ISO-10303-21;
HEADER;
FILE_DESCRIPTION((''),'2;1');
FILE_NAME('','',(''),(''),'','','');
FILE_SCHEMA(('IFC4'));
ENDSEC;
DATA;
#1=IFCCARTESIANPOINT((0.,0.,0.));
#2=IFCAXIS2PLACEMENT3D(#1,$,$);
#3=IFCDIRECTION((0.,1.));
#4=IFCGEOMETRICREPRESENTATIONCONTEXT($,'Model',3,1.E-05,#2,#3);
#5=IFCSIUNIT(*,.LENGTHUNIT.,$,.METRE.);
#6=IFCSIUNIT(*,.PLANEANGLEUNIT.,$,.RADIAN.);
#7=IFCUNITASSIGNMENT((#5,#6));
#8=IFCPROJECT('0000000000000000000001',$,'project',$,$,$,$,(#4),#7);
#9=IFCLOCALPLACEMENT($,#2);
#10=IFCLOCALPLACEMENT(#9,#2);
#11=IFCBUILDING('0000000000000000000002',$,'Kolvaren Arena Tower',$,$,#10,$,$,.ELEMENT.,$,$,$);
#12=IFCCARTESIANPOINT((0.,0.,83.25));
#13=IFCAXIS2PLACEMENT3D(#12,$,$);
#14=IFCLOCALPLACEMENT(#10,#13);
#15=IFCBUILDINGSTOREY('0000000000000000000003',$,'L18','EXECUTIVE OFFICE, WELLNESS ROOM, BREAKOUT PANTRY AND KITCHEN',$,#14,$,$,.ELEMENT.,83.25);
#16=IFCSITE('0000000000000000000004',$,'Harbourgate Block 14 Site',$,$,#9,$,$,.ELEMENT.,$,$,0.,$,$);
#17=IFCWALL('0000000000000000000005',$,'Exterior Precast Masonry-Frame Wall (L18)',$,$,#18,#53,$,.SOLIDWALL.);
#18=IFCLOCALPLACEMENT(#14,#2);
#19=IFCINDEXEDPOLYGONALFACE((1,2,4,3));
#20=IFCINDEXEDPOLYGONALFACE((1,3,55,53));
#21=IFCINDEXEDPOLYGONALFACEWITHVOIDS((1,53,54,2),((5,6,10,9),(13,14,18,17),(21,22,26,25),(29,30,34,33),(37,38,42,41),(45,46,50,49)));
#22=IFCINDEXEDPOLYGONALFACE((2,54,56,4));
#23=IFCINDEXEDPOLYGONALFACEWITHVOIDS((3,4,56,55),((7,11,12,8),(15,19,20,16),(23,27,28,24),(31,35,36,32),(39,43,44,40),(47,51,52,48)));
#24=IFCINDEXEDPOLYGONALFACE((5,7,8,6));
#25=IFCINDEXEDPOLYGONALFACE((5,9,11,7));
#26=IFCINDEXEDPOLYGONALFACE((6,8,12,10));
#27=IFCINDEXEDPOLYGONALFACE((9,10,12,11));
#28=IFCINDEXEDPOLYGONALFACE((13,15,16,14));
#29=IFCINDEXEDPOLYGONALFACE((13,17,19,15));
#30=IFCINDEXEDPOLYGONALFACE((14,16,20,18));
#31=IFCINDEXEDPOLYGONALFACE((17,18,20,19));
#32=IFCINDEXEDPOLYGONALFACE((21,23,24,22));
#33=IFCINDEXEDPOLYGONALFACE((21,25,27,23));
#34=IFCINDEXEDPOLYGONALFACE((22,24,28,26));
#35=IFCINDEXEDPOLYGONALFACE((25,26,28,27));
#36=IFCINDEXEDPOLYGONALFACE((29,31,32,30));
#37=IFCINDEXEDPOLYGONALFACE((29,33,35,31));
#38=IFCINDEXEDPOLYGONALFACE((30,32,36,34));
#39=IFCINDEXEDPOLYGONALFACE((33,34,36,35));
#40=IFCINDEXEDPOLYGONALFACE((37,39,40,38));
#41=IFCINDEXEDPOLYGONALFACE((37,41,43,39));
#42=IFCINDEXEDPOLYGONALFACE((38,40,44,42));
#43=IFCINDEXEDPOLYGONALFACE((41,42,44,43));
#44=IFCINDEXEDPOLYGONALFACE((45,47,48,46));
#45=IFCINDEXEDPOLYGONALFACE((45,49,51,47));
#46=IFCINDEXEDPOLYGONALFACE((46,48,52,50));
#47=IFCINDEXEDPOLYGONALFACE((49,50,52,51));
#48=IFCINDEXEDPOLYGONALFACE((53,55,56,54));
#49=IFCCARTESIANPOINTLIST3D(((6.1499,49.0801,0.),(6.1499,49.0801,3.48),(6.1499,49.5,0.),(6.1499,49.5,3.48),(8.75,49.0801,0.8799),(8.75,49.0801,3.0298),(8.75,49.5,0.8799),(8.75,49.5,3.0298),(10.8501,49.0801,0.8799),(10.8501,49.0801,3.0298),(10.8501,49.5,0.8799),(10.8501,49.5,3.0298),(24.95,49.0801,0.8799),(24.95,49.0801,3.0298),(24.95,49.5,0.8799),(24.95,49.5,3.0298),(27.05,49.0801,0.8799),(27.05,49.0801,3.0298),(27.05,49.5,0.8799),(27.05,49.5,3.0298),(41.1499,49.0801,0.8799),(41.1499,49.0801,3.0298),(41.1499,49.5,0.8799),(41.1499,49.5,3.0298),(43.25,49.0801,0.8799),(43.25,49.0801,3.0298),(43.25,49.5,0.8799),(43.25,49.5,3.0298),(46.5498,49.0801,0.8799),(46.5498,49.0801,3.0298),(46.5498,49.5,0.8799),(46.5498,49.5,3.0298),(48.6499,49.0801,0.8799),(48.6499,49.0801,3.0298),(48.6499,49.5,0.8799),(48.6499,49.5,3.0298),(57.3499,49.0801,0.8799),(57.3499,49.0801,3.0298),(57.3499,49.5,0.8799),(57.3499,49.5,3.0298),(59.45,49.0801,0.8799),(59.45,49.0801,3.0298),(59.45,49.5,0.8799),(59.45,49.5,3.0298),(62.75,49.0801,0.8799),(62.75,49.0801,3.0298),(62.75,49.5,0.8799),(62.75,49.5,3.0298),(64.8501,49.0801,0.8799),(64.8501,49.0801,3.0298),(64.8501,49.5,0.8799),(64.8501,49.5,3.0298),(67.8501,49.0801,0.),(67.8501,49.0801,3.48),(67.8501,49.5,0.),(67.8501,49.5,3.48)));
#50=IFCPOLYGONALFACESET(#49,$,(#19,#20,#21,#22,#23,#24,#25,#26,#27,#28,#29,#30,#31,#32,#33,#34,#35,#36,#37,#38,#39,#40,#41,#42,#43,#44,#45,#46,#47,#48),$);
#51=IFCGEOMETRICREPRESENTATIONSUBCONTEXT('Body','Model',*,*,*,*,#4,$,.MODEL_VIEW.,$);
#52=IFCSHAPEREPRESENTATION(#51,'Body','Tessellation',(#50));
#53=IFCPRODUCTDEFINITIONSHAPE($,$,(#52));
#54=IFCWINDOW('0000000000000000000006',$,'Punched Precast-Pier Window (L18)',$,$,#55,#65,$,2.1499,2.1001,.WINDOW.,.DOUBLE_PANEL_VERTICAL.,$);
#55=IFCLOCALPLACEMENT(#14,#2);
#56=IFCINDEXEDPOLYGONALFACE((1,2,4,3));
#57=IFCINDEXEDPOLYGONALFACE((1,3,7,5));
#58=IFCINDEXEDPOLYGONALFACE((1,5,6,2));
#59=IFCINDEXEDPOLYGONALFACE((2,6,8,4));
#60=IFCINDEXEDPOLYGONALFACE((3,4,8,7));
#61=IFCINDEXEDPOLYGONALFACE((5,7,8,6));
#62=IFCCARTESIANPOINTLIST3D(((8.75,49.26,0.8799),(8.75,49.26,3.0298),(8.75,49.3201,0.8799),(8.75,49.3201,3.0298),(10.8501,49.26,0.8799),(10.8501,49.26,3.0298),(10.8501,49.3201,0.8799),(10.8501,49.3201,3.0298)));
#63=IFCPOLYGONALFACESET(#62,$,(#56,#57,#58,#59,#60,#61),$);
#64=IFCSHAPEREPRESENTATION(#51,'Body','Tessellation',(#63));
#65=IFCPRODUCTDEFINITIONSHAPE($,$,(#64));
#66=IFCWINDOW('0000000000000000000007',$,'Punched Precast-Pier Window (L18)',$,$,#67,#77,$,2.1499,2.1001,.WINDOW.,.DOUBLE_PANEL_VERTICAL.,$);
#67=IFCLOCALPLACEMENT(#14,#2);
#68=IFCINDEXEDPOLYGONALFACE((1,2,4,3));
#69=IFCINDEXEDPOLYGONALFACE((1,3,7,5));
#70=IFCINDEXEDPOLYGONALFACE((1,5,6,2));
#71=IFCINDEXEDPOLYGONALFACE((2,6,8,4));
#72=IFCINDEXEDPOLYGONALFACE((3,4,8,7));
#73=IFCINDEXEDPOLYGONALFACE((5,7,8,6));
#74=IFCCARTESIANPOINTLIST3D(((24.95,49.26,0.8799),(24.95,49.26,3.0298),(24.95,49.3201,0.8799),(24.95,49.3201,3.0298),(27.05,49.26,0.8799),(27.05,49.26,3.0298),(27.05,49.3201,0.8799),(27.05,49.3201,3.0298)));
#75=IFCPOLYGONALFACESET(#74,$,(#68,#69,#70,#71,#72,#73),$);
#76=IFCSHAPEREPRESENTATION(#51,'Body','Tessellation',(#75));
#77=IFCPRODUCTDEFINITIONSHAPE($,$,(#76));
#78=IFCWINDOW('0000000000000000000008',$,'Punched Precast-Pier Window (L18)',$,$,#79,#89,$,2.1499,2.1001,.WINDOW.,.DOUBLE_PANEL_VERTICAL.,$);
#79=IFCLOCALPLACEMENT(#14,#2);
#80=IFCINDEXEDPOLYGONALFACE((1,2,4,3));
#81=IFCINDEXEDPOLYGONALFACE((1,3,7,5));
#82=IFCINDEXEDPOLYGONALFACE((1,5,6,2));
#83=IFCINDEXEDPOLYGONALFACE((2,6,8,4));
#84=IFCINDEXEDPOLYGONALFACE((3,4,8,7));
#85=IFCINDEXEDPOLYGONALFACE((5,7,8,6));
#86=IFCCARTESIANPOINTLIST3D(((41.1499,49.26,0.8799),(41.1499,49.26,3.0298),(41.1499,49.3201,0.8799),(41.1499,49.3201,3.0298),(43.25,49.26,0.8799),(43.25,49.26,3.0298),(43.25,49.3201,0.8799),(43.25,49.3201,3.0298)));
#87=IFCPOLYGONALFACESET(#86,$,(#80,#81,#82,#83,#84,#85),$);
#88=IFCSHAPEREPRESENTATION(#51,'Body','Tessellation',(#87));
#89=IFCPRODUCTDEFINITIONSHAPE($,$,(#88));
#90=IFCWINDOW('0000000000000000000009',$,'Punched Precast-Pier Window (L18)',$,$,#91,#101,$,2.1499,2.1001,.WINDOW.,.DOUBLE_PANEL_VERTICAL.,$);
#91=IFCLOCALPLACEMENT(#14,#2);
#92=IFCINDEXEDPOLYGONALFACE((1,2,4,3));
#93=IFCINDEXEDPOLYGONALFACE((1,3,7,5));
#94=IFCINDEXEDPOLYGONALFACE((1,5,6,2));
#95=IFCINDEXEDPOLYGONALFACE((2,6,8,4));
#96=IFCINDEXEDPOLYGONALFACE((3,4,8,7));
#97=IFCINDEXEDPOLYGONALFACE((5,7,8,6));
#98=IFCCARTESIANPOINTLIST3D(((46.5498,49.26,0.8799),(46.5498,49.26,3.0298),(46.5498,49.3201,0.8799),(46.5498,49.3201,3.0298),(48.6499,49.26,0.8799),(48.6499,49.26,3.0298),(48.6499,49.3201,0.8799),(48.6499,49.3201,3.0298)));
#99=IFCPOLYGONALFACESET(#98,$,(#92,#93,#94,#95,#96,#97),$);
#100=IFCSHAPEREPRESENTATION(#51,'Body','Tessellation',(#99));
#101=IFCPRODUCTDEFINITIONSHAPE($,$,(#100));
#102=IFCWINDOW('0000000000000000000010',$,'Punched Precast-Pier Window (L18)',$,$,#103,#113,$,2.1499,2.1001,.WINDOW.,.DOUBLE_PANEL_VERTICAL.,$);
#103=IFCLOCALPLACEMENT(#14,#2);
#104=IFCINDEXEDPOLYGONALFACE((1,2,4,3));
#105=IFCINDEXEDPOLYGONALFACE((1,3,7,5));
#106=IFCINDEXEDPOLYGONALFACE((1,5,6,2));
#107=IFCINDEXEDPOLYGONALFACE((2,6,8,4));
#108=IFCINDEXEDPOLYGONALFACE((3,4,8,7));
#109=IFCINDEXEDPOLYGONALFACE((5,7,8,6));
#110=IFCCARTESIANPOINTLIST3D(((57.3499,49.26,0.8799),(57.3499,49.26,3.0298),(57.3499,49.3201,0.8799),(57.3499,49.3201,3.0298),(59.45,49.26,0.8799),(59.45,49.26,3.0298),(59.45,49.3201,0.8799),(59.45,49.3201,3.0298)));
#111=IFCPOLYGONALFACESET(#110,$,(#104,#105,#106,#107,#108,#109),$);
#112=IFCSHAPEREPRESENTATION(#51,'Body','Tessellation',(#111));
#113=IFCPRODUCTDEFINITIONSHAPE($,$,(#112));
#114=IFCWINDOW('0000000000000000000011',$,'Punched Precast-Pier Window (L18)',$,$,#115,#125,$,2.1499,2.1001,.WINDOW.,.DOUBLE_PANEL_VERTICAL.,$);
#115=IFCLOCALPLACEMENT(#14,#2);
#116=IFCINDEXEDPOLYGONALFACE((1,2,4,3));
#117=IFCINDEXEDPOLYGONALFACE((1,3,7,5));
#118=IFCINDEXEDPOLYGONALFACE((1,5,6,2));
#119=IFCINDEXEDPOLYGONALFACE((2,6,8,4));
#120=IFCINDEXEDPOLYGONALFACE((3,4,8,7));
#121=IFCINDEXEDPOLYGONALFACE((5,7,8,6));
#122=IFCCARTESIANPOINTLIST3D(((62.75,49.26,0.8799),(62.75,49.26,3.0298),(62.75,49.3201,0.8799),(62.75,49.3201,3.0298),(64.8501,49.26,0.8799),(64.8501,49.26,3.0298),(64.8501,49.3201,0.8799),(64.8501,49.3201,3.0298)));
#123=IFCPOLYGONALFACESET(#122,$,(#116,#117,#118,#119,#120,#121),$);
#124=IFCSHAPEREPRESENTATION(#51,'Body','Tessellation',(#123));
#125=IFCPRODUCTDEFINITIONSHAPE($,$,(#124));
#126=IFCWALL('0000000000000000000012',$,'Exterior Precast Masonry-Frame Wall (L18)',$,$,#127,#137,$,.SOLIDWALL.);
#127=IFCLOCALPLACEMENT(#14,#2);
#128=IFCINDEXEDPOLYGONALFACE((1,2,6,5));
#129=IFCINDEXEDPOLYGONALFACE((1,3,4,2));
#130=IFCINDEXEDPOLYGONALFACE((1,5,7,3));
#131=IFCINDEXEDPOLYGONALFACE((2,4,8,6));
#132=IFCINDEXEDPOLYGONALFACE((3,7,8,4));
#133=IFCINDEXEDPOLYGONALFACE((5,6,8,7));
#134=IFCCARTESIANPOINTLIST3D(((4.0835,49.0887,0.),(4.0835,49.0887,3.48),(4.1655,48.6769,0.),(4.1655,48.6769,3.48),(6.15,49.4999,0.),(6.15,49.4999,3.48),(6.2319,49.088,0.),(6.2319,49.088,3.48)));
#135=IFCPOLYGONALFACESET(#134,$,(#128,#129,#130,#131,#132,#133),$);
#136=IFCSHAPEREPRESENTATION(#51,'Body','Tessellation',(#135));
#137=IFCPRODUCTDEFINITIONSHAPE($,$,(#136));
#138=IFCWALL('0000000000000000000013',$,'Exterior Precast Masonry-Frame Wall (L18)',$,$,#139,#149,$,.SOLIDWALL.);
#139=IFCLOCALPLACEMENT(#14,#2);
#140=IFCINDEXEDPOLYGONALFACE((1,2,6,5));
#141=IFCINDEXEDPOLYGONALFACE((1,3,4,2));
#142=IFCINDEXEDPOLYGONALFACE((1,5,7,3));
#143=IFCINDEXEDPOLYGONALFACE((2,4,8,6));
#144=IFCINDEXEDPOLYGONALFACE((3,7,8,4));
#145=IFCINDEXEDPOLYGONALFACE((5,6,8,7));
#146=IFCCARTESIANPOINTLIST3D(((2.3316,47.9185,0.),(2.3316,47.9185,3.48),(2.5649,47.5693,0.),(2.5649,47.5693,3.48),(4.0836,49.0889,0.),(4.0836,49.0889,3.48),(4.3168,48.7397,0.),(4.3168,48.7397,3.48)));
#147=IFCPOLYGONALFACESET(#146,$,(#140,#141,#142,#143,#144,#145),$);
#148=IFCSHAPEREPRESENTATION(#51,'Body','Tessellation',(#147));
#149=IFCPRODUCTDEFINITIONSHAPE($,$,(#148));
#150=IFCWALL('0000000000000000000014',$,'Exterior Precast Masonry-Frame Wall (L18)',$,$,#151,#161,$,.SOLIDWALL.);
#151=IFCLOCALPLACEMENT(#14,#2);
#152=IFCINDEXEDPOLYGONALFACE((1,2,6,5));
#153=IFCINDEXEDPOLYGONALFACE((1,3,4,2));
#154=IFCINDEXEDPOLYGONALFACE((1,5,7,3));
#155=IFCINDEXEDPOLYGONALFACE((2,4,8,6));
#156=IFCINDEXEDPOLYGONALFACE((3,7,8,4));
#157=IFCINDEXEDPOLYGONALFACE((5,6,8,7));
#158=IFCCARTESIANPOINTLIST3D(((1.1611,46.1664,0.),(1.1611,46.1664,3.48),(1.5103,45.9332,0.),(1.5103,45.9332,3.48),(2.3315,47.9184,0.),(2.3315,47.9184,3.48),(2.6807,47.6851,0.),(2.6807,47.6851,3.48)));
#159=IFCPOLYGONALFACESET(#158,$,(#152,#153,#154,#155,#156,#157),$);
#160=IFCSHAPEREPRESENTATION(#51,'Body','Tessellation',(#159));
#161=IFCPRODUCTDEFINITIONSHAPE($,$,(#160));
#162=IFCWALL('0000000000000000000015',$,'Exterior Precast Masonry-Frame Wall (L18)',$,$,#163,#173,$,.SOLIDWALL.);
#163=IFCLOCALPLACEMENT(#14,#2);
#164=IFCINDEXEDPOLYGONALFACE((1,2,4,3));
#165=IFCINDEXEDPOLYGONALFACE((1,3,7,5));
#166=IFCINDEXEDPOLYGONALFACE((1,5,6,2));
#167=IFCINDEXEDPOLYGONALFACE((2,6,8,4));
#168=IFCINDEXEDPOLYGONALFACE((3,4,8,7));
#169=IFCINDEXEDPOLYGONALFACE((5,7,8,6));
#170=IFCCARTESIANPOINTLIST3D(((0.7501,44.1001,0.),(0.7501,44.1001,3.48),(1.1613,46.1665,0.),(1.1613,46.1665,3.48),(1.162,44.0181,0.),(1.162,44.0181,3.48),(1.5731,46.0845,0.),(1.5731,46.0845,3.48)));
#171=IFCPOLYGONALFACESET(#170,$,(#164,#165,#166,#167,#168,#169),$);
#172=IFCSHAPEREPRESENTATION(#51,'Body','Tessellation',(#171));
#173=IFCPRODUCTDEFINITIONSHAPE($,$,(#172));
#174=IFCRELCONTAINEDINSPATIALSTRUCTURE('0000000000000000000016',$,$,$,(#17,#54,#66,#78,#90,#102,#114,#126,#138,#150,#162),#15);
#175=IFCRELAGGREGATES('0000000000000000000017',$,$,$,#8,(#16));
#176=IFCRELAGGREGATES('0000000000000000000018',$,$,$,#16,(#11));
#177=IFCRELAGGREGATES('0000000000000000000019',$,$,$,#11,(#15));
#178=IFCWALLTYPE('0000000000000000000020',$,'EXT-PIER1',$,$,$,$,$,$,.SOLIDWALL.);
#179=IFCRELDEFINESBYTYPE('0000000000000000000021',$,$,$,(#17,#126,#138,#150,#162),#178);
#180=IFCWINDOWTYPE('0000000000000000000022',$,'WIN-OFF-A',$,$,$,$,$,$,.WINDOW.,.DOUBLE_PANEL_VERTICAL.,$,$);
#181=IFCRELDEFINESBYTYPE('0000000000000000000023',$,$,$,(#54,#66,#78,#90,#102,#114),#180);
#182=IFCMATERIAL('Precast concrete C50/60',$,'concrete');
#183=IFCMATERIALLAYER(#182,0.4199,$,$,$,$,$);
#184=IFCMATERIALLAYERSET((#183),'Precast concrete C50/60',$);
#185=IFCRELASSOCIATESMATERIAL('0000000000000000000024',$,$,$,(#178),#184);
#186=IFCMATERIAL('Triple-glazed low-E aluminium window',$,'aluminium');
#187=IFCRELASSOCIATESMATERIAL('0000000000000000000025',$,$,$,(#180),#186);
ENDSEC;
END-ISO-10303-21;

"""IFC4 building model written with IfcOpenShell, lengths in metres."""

from ifc_helpers import new_model, si_unit, direction, frame, frame_2d, origin, place, context, subcontext, project, spatial, rectangle, extrude, material, layer, layer_set, type_object, element, fill, save


model = new_model("IFC4")

# Units and contexts
model_context = context("Model", 3, precision=1e-05, world=origin(), true_north=direction((0.0, 1.0)))
body_context = subcontext(model_context, "Body", "Model", "MODEL_VIEW")
ifc_project = project(units=[si_unit("LENGTHUNIT", "METRE"), si_unit("PLANEANGLEUNIT", "RADIAN")], contexts=[model_context])

# Site, building, storey
site_placement = place(None, origin())
site = spatial("IfcSite", under=ifc_project, at=site_placement, Name="Harbourgate Block 14 Site", CompositionType="ELEMENT", RefElevation=0.0)
building_placement = place(site_placement, origin())
building = spatial("IfcBuilding", under=site, at=building_placement, Name="Kolvaren Arena Tower", CompositionType="ELEMENT")
storey_placement = place(building_placement, frame((0.0, 0.0, 83.25)))
storey = spatial("IfcBuildingStorey", under=building, at=storey_placement, Name="L18", Description="EXECUTIVE OFFICE, WELLNESS ROOM, BREAKOUT PANTRY AND KITCHEN", CompositionType="ELEMENT", Elevation=83.25)

# Wall, openings, windows
ifc_material_1 = material(Name="Precast concrete C50/60", Category="concrete")
ifc_layer = layer(ifc_material_1, 0.4199)
ifc_layer_set = layer_set([ifc_layer], Name="Precast concrete C50/60")
wall_type = type_object("IfcWallType", Name="EXT-PIER1", PredefinedType="SOLIDWALL", material=ifc_layer_set)
wall_placement = place(storey_placement, frame((6.1499, 49.29, 0.0), z_axis=(0.0, 0.0, 1.0), x_axis=(1.0, 0.0, 0.0)))
wall = element("IfcWall", 1, at=wall_placement, inside=storey, type_object=wall_type, Name="Exterior Precast Masonry-Frame Wall (L18)", PredefinedType="SOLIDWALL", context=body_context, shape_type="SweptSolid", body=[
    extrude(rectangle(XDim=61.7002, YDim=0.4199, at=frame_2d((30.8501, 0.0))), origin(), (0.0, 0.0, 1.0), 3.48),
])
opening_1_placement = place(wall_placement, frame((2.6001, 0.0, 0.8799)))
opening_1 = element("IfcOpeningElement", 2, at=opening_1_placement, cuts=wall, PredefinedType="OPENING", context=body_context, shape_type="SweptSolid", body=[
    extrude(rectangle(XDim=2.1001, YDim=2.1499, at=frame_2d((1.05, 1.075))), frame((0.0, 0.22, 0.0), z_axis=(0.0, -1.0, 0.0), x_axis=(1.0, 0.0, 0.0)), (0.0, 0.0, 1.0), 0.4399),
])
opening_2_placement = place(wall_placement, frame((18.8, 0.0, 0.8799)))
opening_2 = element("IfcOpeningElement", 3, at=opening_2_placement, cuts=wall, PredefinedType="OPENING", context=body_context, shape_type="SweptSolid", body=[
    extrude(rectangle(XDim=2.1001, YDim=2.1499, at=frame_2d((1.05, 1.075))), frame((0.0, 0.22, 0.0), z_axis=(0.0, -1.0, 0.0), x_axis=(1.0, 0.0, 0.0)), (0.0, 0.0, 1.0), 0.4399),
])
opening_3_placement = place(wall_placement, frame((35.0, 0.0, 0.8799)))
opening_3 = element("IfcOpeningElement", 4, at=opening_3_placement, cuts=wall, PredefinedType="OPENING", context=body_context, shape_type="SweptSolid", body=[
    extrude(rectangle(XDim=2.1001, YDim=2.1499, at=frame_2d((1.05, 1.075))), frame((0.0, 0.22, 0.0), z_axis=(0.0, -1.0, 0.0), x_axis=(1.0, 0.0, 0.0)), (0.0, 0.0, 1.0), 0.4399),
])
opening_4_placement = place(wall_placement, frame((40.3999, 0.0, 0.8799)))
opening_4 = element("IfcOpeningElement", 5, at=opening_4_placement, cuts=wall, PredefinedType="OPENING", context=body_context, shape_type="SweptSolid", body=[
    extrude(rectangle(XDim=2.1001, YDim=2.1499, at=frame_2d((1.05, 1.075))), frame((0.0, 0.22, 0.0), z_axis=(0.0, -1.0, 0.0), x_axis=(1.0, 0.0, 0.0)), (0.0, 0.0, 1.0), 0.4399),
])
opening_5_placement = place(wall_placement, frame((51.2, 0.0, 0.8799)))
opening_5 = element("IfcOpeningElement", 6, at=opening_5_placement, cuts=wall, PredefinedType="OPENING", context=body_context, shape_type="SweptSolid", body=[
    extrude(rectangle(XDim=2.1001, YDim=2.1499, at=frame_2d((1.05, 1.075))), frame((0.0, 0.22, 0.0), z_axis=(0.0, -1.0, 0.0), x_axis=(1.0, 0.0, 0.0)), (0.0, 0.0, 1.0), 0.4399),
])
opening_6_placement = place(wall_placement, frame((56.6001, 0.0, 0.8799)))
opening_6 = element("IfcOpeningElement", 7, at=opening_6_placement, cuts=wall, PredefinedType="OPENING", context=body_context, shape_type="SweptSolid", body=[
    extrude(rectangle(XDim=2.1001, YDim=2.1499, at=frame_2d((1.05, 1.075))), frame((0.0, 0.22, 0.0), z_axis=(0.0, -1.0, 0.0), x_axis=(1.0, 0.0, 0.0)), (0.0, 0.0, 1.0), 0.4399),
])
ifc_material_2 = material(Name="Triple-glazed low-E aluminium window", Category="aluminium")
window_type = type_object("IfcWindowType", Name="WIN-OFF-A", PartitioningType="DOUBLE_PANEL_VERTICAL", PredefinedType="WINDOW", material=ifc_material_2)
window_1_placement = place(opening_1_placement, origin())
window_1 = element("IfcWindow", 8, at=window_1_placement, inside=storey, type_object=window_type, Name="Punched Precast-Pier Window (L18)", OverallHeight=2.1499, OverallWidth=2.1001, PartitioningType="DOUBLE_PANEL_VERTICAL", PredefinedType="WINDOW", context=body_context, shape_type="SweptSolid", body=[
    extrude(rectangle(XDim=2.1001, YDim=2.1499, at=frame_2d((1.05, 1.075))), frame((0.0, 0.03, 0.0), z_axis=(0.0, -1.0, 0.0), x_axis=(1.0, 0.0, 0.0)), (0.0, 0.0, 1.0), 0.0601),
])
fill(opening_1, window_1)
window_2_placement = place(opening_2_placement, origin())
window_2 = element("IfcWindow", 9, at=window_2_placement, inside=storey, type_object=window_type, Name="Punched Precast-Pier Window (L18)", OverallHeight=2.1499, OverallWidth=2.1001, PartitioningType="DOUBLE_PANEL_VERTICAL", PredefinedType="WINDOW", context=body_context, shape_type="SweptSolid", body=[
    extrude(rectangle(XDim=2.1001, YDim=2.1499, at=frame_2d((1.05, 1.075))), frame((0.0, 0.03, 0.0), z_axis=(0.0, -1.0, 0.0), x_axis=(1.0, 0.0, 0.0)), (0.0, 0.0, 1.0), 0.0601),
])
fill(opening_2, window_2)
window_3_placement = place(opening_3_placement, origin())
window_3 = element("IfcWindow", 10, at=window_3_placement, inside=storey, type_object=window_type, Name="Punched Precast-Pier Window (L18)", OverallHeight=2.1499, OverallWidth=2.1001, PartitioningType="DOUBLE_PANEL_VERTICAL", PredefinedType="WINDOW", context=body_context, shape_type="SweptSolid", body=[
    extrude(rectangle(XDim=2.1001, YDim=2.1499, at=frame_2d((1.05, 1.075))), frame((0.0, 0.03, 0.0), z_axis=(0.0, -1.0, 0.0), x_axis=(1.0, 0.0, 0.0)), (0.0, 0.0, 1.0), 0.0601),
])
fill(opening_3, window_3)
window_4_placement = place(opening_4_placement, origin())
window_4 = element("IfcWindow", 11, at=window_4_placement, inside=storey, type_object=window_type, Name="Punched Precast-Pier Window (L18)", OverallHeight=2.1499, OverallWidth=2.1001, PartitioningType="DOUBLE_PANEL_VERTICAL", PredefinedType="WINDOW", context=body_context, shape_type="SweptSolid", body=[
    extrude(rectangle(XDim=2.1001, YDim=2.1499, at=frame_2d((1.05, 1.075))), frame((0.0, 0.03, 0.0), z_axis=(0.0, -1.0, 0.0), x_axis=(1.0, 0.0, 0.0)), (0.0, 0.0, 1.0), 0.0601),
])
fill(opening_4, window_4)
window_5_placement = place(opening_5_placement, origin())
window_5 = element("IfcWindow", 12, at=window_5_placement, inside=storey, type_object=window_type, Name="Punched Precast-Pier Window (L18)", OverallHeight=2.1499, OverallWidth=2.1001, PartitioningType="DOUBLE_PANEL_VERTICAL", PredefinedType="WINDOW", context=body_context, shape_type="SweptSolid", body=[
    extrude(rectangle(XDim=2.1001, YDim=2.1499, at=frame_2d((1.05, 1.075))), frame((0.0, 0.03, 0.0), z_axis=(0.0, -1.0, 0.0), x_axis=(1.0, 0.0, 0.0)), (0.0, 0.0, 1.0), 0.0601),
])
fill(opening_5, window_5)
window_6_placement = place(opening_6_placement, origin())
window_6 = element("IfcWindow", 13, at=window_6_placement, inside=storey, type_object=window_type, Name="Punched Precast-Pier Window (L18)", OverallHeight=2.1499, OverallWidth=2.1001, PartitioningType="DOUBLE_PANEL_VERTICAL", PredefinedType="WINDOW", context=body_context, shape_type="SweptSolid", body=[
    extrude(rectangle(XDim=2.1001, YDim=2.1499, at=frame_2d((1.05, 1.075))), frame((0.0, 0.03, 0.0), z_axis=(0.0, -1.0, 0.0), x_axis=(1.0, 0.0, 0.0)), (0.0, 0.0, 1.0), 0.0601),
])
fill(opening_6, window_6)

# Walls
for number, where, z_axis, x_axis, name in (
    (14, (4.1245, 48.8828, 0.0), (0.0, 0.0, 1.0), (0.980776, 0.195136, 0.0), "Exterior Precast Masonry-Frame Wall (L18)"),
    (15, (2.4482, 47.7439, 0.0), (0.0, 0.0, 1.0), (0.831515, 0.555502, 0.0), "Exterior Precast Masonry-Frame Wall (L18)"),
    (16, (1.3357, 46.0498, 0.0), (0.0, 0.0, 1.0), (0.555502, 0.831515, 0.0), "Exterior Precast Masonry-Frame Wall (L18)"),
    (17, (0.9561, 44.0591, 0.0), (0.0, 0.0, 1.0), (0.195136, 0.980776, 0.0), "Exterior Precast Masonry-Frame Wall (L18)"),
):
    element("IfcWall", number, at=place(storey_placement, frame(where, z_axis=z_axis, x_axis=x_axis)), inside=storey, type_object=wall_type, Name=name, PredefinedType="SOLIDWALL", context=body_context, shape_type="SweptSolid", body=[
        extrude(rectangle(XDim=2.1069, YDim=0.4199, at=frame_2d((1.0535, 0.0))), origin(), (0.0, 0.0, 1.0), 3.48),
    ])

save(model, "model.ifc")
